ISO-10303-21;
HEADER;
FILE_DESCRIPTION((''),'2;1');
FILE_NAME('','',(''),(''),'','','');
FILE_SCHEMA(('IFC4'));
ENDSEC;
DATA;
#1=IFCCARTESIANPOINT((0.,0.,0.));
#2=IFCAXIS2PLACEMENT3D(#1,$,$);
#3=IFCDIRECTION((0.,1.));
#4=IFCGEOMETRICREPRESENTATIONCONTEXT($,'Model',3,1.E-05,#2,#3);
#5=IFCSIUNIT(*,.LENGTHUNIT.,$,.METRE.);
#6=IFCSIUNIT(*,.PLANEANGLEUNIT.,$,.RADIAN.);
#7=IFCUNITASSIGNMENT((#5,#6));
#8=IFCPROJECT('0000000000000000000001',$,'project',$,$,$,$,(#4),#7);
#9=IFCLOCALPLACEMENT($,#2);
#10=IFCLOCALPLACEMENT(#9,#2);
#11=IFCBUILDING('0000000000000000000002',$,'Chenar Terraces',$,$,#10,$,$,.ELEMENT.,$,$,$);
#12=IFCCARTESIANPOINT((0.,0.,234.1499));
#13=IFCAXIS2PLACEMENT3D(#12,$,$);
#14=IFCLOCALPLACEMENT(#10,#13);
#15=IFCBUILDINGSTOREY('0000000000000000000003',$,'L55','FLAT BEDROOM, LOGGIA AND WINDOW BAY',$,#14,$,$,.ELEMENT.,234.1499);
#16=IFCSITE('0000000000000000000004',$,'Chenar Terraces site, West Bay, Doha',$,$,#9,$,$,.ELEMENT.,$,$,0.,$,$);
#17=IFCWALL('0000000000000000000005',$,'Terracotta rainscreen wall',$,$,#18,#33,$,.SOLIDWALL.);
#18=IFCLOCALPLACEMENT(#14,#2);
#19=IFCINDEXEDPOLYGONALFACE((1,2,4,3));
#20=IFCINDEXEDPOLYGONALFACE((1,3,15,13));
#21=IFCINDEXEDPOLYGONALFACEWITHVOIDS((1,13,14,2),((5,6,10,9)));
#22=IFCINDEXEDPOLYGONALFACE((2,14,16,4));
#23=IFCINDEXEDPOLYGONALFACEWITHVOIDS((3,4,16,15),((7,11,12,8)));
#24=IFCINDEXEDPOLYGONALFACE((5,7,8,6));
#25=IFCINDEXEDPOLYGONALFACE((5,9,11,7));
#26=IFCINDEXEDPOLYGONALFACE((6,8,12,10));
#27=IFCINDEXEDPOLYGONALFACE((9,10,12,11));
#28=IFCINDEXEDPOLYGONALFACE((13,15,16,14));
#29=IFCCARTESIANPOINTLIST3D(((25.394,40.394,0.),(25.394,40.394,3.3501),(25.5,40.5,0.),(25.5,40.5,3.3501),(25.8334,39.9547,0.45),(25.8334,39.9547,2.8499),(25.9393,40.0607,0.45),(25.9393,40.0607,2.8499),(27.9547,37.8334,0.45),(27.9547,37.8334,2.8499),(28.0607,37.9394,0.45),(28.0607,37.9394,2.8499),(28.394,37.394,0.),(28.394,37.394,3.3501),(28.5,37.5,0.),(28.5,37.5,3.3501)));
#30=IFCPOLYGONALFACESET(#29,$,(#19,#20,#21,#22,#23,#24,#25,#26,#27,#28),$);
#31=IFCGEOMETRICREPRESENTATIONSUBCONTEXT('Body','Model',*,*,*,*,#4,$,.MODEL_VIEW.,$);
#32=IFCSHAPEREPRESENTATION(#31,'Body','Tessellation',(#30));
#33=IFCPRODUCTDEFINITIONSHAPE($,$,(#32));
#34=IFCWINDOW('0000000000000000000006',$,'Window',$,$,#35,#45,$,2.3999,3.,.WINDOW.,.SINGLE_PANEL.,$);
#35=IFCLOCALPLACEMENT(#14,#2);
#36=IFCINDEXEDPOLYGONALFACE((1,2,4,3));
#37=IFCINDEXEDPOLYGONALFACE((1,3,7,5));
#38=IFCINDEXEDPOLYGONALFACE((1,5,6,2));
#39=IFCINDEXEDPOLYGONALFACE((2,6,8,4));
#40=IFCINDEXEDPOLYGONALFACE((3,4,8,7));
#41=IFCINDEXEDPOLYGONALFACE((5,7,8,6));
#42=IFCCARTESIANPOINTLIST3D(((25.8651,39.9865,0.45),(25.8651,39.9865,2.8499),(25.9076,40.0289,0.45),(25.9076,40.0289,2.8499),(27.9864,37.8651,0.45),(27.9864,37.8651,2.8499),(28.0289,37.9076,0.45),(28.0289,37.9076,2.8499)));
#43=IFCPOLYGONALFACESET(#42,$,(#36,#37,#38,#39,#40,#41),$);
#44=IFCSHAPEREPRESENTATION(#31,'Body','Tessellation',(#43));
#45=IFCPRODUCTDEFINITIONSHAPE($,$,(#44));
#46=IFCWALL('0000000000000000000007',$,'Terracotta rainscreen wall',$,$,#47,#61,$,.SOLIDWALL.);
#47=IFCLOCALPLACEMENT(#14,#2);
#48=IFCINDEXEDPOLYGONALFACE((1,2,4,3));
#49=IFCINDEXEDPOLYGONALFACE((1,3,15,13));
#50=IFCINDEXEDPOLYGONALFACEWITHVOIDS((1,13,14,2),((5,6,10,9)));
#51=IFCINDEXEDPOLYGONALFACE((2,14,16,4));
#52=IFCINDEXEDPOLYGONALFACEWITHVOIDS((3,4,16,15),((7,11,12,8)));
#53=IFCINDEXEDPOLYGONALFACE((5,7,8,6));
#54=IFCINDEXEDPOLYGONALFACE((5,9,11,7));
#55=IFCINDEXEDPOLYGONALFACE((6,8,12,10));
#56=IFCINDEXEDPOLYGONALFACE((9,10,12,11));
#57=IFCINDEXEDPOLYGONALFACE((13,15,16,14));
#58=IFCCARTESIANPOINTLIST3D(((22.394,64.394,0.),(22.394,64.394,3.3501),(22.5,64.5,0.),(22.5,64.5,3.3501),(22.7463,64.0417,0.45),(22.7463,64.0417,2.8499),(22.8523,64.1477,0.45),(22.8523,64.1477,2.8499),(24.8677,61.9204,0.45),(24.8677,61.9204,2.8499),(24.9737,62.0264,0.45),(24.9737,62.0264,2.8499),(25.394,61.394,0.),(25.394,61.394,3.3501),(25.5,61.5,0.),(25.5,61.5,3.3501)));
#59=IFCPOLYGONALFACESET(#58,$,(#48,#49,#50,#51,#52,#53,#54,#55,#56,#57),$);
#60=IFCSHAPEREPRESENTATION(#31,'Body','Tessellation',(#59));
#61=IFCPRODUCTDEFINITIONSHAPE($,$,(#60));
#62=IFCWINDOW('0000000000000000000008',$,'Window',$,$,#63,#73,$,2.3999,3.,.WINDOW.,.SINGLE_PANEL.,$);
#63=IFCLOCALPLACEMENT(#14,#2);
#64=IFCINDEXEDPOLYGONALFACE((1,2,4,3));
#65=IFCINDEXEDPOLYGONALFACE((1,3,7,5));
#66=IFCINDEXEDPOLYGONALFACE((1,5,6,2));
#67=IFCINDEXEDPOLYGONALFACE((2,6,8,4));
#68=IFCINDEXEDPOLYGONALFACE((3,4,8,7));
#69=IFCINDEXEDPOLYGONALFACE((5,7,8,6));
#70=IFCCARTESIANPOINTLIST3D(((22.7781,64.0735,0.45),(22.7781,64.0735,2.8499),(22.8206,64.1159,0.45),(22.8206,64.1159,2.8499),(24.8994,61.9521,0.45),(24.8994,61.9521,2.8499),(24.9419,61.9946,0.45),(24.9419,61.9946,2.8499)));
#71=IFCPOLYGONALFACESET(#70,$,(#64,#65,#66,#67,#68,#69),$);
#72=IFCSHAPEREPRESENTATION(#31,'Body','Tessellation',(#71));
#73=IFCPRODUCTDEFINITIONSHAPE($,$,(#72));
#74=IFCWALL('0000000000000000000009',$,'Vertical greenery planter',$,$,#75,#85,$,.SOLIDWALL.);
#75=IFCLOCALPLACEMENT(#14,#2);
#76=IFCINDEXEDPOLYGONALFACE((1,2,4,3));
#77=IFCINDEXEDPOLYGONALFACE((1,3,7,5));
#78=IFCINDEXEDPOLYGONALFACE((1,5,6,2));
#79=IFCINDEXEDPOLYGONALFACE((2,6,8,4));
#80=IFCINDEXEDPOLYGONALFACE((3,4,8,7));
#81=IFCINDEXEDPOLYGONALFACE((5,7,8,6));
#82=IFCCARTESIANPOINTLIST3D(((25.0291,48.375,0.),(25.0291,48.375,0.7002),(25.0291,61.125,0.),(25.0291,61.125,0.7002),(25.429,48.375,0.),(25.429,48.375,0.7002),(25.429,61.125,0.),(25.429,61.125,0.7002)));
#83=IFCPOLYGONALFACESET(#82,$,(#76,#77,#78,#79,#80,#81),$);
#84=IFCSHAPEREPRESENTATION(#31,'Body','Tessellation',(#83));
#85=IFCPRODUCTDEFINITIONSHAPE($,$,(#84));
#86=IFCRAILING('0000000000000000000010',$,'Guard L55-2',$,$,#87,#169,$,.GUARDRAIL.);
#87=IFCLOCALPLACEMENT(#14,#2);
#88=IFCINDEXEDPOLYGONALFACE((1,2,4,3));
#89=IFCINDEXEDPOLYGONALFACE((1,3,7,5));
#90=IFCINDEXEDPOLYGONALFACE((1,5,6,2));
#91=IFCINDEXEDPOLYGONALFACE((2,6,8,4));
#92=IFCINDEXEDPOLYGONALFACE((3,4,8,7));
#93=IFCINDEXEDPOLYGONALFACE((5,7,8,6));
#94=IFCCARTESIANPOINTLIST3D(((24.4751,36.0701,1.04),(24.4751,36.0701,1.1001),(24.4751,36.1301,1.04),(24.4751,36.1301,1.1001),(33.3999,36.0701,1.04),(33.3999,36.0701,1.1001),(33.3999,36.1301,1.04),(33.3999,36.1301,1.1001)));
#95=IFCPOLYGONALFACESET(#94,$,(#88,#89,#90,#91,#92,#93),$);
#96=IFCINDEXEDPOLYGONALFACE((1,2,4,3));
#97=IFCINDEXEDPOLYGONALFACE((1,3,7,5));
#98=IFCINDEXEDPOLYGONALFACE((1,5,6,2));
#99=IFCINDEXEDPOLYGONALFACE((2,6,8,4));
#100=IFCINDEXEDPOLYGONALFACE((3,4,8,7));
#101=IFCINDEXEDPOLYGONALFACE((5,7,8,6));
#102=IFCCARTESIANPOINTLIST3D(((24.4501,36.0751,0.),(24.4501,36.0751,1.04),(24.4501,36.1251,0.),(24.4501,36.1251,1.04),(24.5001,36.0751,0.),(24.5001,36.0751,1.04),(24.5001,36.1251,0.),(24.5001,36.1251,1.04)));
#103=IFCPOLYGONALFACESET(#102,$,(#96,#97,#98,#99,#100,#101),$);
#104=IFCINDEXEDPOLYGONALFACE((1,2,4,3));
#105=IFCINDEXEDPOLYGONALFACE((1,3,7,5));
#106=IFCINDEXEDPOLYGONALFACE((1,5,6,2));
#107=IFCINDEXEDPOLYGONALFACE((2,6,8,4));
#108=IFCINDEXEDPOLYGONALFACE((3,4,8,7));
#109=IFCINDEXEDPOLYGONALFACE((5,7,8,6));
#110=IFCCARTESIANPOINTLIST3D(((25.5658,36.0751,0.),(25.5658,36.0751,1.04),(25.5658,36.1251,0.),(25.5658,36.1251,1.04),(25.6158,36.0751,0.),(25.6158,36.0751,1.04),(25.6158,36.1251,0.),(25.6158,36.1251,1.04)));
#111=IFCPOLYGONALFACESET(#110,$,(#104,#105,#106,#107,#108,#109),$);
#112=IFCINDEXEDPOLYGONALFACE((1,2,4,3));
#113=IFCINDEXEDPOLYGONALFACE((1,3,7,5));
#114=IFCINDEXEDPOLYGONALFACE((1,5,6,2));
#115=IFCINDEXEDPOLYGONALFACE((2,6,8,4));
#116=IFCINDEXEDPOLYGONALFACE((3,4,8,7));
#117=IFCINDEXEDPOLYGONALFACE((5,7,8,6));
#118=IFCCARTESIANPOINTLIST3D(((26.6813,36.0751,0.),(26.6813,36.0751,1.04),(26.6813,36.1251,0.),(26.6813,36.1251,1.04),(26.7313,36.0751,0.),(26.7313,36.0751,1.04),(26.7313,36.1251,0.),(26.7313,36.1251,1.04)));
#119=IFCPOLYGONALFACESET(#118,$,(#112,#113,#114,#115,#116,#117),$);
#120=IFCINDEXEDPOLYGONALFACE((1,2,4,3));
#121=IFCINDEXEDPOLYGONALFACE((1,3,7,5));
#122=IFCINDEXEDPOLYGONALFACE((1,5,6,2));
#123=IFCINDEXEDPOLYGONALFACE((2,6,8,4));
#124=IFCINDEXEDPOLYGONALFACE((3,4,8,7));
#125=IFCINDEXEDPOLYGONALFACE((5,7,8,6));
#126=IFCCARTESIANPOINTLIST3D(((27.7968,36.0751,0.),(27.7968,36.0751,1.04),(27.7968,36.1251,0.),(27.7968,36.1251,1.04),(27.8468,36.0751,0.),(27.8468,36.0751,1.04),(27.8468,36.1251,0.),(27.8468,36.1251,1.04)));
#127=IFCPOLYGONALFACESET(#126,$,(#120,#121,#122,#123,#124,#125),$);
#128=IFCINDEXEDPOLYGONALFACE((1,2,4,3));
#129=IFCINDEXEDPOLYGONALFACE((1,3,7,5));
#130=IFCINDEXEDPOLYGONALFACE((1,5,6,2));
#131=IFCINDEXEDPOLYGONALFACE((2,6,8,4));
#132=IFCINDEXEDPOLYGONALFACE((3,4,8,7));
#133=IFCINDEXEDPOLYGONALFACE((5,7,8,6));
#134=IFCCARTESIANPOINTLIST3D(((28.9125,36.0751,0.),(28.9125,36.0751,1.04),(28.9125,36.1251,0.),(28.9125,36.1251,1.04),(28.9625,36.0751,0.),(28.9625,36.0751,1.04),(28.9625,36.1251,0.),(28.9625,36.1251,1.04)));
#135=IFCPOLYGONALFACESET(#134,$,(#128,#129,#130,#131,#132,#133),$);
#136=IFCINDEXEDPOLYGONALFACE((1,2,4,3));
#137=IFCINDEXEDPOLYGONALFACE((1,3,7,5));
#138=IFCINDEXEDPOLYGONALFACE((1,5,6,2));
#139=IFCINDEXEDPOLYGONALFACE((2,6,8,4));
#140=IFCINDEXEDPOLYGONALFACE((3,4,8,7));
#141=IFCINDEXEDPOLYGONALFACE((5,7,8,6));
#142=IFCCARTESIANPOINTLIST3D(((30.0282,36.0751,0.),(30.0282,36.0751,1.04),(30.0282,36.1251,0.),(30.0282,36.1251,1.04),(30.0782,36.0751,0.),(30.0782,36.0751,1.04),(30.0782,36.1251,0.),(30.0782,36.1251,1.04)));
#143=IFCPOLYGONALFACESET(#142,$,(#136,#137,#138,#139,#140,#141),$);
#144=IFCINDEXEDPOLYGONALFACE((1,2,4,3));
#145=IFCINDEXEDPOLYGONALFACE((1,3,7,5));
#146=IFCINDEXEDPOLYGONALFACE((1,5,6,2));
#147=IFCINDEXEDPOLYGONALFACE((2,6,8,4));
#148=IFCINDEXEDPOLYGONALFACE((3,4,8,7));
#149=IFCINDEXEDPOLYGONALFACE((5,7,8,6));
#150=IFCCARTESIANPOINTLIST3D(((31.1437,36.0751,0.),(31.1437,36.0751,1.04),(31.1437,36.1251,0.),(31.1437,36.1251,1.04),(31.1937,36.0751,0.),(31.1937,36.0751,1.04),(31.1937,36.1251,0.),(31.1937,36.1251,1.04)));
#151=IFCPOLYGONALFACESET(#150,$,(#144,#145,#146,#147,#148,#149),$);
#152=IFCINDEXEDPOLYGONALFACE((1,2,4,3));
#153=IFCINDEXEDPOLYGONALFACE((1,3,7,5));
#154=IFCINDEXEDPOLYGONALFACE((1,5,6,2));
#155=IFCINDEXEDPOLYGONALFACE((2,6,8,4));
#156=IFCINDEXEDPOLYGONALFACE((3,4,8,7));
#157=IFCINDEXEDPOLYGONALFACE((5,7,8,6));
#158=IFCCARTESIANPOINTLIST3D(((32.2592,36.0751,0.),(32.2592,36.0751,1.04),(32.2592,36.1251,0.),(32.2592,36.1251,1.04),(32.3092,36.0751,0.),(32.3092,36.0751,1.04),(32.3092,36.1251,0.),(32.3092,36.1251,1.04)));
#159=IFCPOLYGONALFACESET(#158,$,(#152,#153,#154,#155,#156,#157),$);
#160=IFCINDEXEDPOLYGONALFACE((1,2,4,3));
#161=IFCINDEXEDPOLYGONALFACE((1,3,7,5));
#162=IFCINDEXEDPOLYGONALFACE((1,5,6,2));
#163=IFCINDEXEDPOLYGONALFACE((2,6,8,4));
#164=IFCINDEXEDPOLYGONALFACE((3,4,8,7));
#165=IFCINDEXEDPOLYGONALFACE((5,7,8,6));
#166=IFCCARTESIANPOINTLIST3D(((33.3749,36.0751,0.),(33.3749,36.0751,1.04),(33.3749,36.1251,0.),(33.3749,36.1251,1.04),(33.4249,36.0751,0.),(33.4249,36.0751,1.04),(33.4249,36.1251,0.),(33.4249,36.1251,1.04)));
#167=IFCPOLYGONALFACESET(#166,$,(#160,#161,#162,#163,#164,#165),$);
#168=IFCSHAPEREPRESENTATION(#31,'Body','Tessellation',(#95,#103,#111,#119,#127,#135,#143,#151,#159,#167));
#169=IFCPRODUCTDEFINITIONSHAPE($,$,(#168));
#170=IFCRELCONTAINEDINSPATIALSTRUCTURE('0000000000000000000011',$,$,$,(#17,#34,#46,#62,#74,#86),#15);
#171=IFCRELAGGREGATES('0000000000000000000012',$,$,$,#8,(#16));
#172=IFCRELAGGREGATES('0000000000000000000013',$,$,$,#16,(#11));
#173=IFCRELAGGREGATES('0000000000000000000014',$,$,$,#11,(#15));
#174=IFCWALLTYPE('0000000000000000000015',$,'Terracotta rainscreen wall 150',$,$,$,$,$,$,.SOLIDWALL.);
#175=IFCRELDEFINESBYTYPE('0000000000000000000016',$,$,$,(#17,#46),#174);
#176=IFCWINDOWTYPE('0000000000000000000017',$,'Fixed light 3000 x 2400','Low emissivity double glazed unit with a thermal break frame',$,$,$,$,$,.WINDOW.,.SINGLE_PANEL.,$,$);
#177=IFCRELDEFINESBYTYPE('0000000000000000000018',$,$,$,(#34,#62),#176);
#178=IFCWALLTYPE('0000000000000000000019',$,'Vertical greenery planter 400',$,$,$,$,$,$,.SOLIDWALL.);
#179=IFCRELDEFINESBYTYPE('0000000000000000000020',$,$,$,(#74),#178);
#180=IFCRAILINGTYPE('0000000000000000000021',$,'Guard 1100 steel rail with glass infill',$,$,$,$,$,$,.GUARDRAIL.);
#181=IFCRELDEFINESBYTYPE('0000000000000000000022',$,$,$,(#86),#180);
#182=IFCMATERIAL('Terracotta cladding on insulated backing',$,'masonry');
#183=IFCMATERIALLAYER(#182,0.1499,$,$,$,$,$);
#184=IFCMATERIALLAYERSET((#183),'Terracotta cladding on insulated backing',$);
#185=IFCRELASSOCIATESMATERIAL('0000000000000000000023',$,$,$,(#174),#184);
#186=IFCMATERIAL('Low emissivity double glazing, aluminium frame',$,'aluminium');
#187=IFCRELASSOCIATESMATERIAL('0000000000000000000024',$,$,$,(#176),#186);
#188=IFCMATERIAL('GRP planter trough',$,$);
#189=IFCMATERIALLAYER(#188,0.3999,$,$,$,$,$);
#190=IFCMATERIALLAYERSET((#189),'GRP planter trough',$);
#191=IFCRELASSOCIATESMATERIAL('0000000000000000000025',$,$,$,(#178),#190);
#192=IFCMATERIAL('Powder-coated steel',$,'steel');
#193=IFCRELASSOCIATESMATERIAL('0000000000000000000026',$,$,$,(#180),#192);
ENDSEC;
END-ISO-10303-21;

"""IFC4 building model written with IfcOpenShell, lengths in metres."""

from ifc_helpers import new_model, si_unit, direction, frame, frame_2d, origin, origin_2d, place, context, subcontext, project, spatial, rectangle, extrude, material, layer, layer_set, type_object, element, fill, save


model = new_model("IFC4")

# Units and contexts
model_context = context("Model", 3, precision=1e-05, world=origin(), true_north=direction((0.0, 1.0)))
body_context = subcontext(model_context, "Body", "Model", "MODEL_VIEW")
ifc_project = project(units=[si_unit("LENGTHUNIT", "METRE"), si_unit("PLANEANGLEUNIT", "RADIAN")], contexts=[model_context])

# Site, building, storey
site_placement = place(None, origin())
site = spatial("IfcSite", under=ifc_project, at=site_placement, Name="Chenar Terraces site, West Bay, Doha", CompositionType="ELEMENT", RefElevation=0.0)
building_placement = place(site_placement, origin())
building = spatial("IfcBuilding", under=site, at=building_placement, Name="Chenar Terraces", CompositionType="ELEMENT")
storey_placement = place(building_placement, frame((0.0, 0.0, 234.1499)))
storey = spatial("IfcBuildingStorey", under=building, at=storey_placement, Name="L55", Description="FLAT BEDROOM, LOGGIA AND WINDOW BAY", CompositionType="ELEMENT", Elevation=234.1499)

# Walls, openings, windows
ifc_material_1 = material(Name="Terracotta cladding on insulated backing", Category="masonry")
ifc_layer_1 = layer(ifc_material_1, 0.1499)
ifc_layer_set_1 = layer_set([ifc_layer_1], Name="Terracotta cladding on insulated backing")
wall_type_1 = type_object("IfcWallType", Name="Terracotta rainscreen wall 150", PredefinedType="SOLIDWALL", material=ifc_layer_set_1)
wall_1_placement = place(storey_placement, frame((28.447, 37.447, 0.0), z_axis=(0.0, 0.0, 1.0), x_axis=(-0.707107, 0.707107, 0.0)))
wall_1 = element("IfcWall", 1, at=wall_1_placement, inside=storey, type_object=wall_type_1, Name="Terracotta rainscreen wall", PredefinedType="SOLIDWALL", context=body_context, shape_type="SweptSolid", body=[
    extrude(rectangle(XDim=4.2427, YDim=0.1499, at=frame_2d((2.1213, 0.0))), origin(), (0.0, 0.0, 1.0), 3.3501),
])
opening_1_placement = place(wall_1_placement, frame((0.6213, 0.0, 0.45)))
opening_1 = element("IfcOpeningElement", 2, at=opening_1_placement, cuts=wall_1, PredefinedType="OPENING", context=body_context, shape_type="SweptSolid", body=[
    extrude(rectangle(XDim=3.0, YDim=2.3999, at=frame_2d((1.5, 1.2))), frame((0.0, 0.085, 0.0), z_axis=(0.0, -1.0, 0.0), x_axis=(1.0, 0.0, 0.0)), (0.0, 0.0, 1.0), 0.1699),
])
ifc_material_2 = material(Name="Low emissivity double glazing, aluminium frame", Category="aluminium")
window_type_1 = type_object("IfcWindowType", Name="Fixed light 3000 x 2400", Description="Low emissivity double glazed unit with a thermal break frame", PartitioningType="SINGLE_PANEL", PredefinedType="WINDOW", material=ifc_material_2)
window_1_placement = place(opening_1_placement, origin())
window_1 = element("IfcWindow", 3, at=window_1_placement, inside=storey, type_object=window_type_1, Name="Window", OverallHeight=2.3999, OverallWidth=3.0, PartitioningType="SINGLE_PANEL", PredefinedType="WINDOW", context=body_context, shape_type="SweptSolid", body=[
    extrude(rectangle(XDim=3.0, YDim=2.3999, at=frame_2d((1.5, 1.2))), frame((0.0, 0.03, 0.0), z_axis=(0.0, -1.0, 0.0), x_axis=(1.0, 0.0, 0.0)), (0.0, 0.0, 1.0), 0.0601),
])
fill(opening_1, window_1)
wall_2_placement = place(storey_placement, frame((25.447, 61.447, 0.0), z_axis=(0.0, 0.0, 1.0), x_axis=(-0.707107, 0.707107, 0.0)))
wall_2 = element("IfcWall", 4, at=wall_2_placement, inside=storey, type_object=wall_type_1, Name="Terracotta rainscreen wall", PredefinedType="SOLIDWALL", context=body_context, shape_type="SweptSolid", body=[
    extrude(rectangle(XDim=4.2427, YDim=0.1499, at=frame_2d((2.1213, 0.0))), origin(), (0.0, 0.0, 1.0), 3.3501),
])
opening_2_placement = place(wall_2_placement, frame((0.7444, 0.0, 0.45)))
opening_2 = element("IfcOpeningElement", 5, at=opening_2_placement, cuts=wall_2, PredefinedType="OPENING", context=body_context, shape_type="SweptSolid", body=[
    extrude(rectangle(XDim=3.0, YDim=2.3999, at=frame_2d((1.5, 1.2))), frame((0.0, 0.085, 0.0), z_axis=(0.0, -1.0, 0.0), x_axis=(1.0, 0.0, 0.0)), (0.0, 0.0, 1.0), 0.1699),
])
window_2_placement = place(opening_2_placement, origin())
window_2 = element("IfcWindow", 6, at=window_2_placement, inside=storey, type_object=window_type_1, Name="Window", OverallHeight=2.3999, OverallWidth=3.0, PartitioningType="SINGLE_PANEL", PredefinedType="WINDOW", context=body_context, shape_type="SweptSolid", body=[
    extrude(rectangle(XDim=3.0, YDim=2.3999, at=frame_2d((1.5, 1.2))), frame((0.0, 0.03, 0.0), z_axis=(0.0, -1.0, 0.0), x_axis=(1.0, 0.0, 0.0)), (0.0, 0.0, 1.0), 0.0601),
])
fill(opening_2, window_2)

# Wall
ifc_material_3 = material(Name="GRP planter trough")
ifc_layer_2 = layer(ifc_material_3, 0.3999)
ifc_layer_set_2 = layer_set([ifc_layer_2], Name="GRP planter trough")
wall_type_2 = type_object("IfcWallType", Name="Vertical greenery planter 400", PredefinedType="SOLIDWALL", material=ifc_layer_set_2)
wall_3_placement = place(storey_placement, frame((25.229, 48.375, 0.0), z_axis=(0.0, 0.0, 1.0), x_axis=(0.0, 1.0, 0.0)))
element("IfcWall", 7, at=wall_3_placement, inside=storey, type_object=wall_type_2, Name="Vertical greenery planter", PredefinedType="SOLIDWALL", context=body_context, shape_type="SweptSolid", body=[
    extrude(rectangle(XDim=12.75, YDim=0.3999, at=frame_2d((6.375, 0.0))), origin(), (0.0, 0.0, 1.0), 0.7002),
])

# Railing
ifc_material_4 = material(Name="Powder-coated steel", Category="steel")
railing_type_1 = type_object("IfcRailingType", Name="Guard 1100 steel rail with glass infill", PredefinedType="GUARDRAIL", material=ifc_material_4)
railing_1_placement = place(storey_placement, frame((24.4751, 36.1001, 0.0)))
element("IfcRailing", 8, at=railing_1_placement, inside=storey, type_object=railing_type_1, Name="Guard L55-2", PredefinedType="GUARDRAIL", context=body_context, shape_type="SweptSolid", body=[
    extrude(rectangle(XDim=0.0601, YDim=0.0601, at=origin_2d()), frame((0.0, 0.0, 1.0701), z_axis=(1.0, 0.0, 0.0), x_axis=(0.0, 1.0, 0.0)), (0.0, 0.0, 1.0), 8.9248),
    extrude(rectangle(XDim=0.05, YDim=0.05, at=origin_2d()), origin(), (0.0, 0.0, 1.0), 1.04),
    extrude(rectangle(XDim=0.05, YDim=0.05, at=origin_2d()), frame((1.1157, 0.0, 0.0)), (0.0, 0.0, 1.0), 1.04),
    extrude(rectangle(XDim=0.05, YDim=0.05, at=origin_2d()), frame((2.2312, 0.0, 0.0)), (0.0, 0.0, 1.0), 1.04),
    extrude(rectangle(XDim=0.05, YDim=0.05, at=origin_2d()), frame((3.3467, 0.0, 0.0)), (0.0, 0.0, 1.0), 1.04),
    extrude(rectangle(XDim=0.05, YDim=0.05, at=origin_2d()), frame((4.4624, 0.0, 0.0)), (0.0, 0.0, 1.0), 1.04),
    extrude(rectangle(XDim=0.05, YDim=0.05, at=origin_2d()), frame((5.5781, 0.0, 0.0)), (0.0, 0.0, 1.0), 1.04),
    extrude(rectangle(XDim=0.05, YDim=0.05, at=origin_2d()), frame((6.6936, 0.0, 0.0)), (0.0, 0.0, 1.0), 1.04),
    extrude(rectangle(XDim=0.05, YDim=0.05, at=origin_2d()), frame((7.8091, 0.0, 0.0)), (0.0, 0.0, 1.0), 1.04),
    extrude(rectangle(XDim=0.05, YDim=0.05, at=origin_2d()), frame((8.9248, 0.0, 0.0)), (0.0, 0.0, 1.0), 1.04),
])

save(model, "model.ifc")
